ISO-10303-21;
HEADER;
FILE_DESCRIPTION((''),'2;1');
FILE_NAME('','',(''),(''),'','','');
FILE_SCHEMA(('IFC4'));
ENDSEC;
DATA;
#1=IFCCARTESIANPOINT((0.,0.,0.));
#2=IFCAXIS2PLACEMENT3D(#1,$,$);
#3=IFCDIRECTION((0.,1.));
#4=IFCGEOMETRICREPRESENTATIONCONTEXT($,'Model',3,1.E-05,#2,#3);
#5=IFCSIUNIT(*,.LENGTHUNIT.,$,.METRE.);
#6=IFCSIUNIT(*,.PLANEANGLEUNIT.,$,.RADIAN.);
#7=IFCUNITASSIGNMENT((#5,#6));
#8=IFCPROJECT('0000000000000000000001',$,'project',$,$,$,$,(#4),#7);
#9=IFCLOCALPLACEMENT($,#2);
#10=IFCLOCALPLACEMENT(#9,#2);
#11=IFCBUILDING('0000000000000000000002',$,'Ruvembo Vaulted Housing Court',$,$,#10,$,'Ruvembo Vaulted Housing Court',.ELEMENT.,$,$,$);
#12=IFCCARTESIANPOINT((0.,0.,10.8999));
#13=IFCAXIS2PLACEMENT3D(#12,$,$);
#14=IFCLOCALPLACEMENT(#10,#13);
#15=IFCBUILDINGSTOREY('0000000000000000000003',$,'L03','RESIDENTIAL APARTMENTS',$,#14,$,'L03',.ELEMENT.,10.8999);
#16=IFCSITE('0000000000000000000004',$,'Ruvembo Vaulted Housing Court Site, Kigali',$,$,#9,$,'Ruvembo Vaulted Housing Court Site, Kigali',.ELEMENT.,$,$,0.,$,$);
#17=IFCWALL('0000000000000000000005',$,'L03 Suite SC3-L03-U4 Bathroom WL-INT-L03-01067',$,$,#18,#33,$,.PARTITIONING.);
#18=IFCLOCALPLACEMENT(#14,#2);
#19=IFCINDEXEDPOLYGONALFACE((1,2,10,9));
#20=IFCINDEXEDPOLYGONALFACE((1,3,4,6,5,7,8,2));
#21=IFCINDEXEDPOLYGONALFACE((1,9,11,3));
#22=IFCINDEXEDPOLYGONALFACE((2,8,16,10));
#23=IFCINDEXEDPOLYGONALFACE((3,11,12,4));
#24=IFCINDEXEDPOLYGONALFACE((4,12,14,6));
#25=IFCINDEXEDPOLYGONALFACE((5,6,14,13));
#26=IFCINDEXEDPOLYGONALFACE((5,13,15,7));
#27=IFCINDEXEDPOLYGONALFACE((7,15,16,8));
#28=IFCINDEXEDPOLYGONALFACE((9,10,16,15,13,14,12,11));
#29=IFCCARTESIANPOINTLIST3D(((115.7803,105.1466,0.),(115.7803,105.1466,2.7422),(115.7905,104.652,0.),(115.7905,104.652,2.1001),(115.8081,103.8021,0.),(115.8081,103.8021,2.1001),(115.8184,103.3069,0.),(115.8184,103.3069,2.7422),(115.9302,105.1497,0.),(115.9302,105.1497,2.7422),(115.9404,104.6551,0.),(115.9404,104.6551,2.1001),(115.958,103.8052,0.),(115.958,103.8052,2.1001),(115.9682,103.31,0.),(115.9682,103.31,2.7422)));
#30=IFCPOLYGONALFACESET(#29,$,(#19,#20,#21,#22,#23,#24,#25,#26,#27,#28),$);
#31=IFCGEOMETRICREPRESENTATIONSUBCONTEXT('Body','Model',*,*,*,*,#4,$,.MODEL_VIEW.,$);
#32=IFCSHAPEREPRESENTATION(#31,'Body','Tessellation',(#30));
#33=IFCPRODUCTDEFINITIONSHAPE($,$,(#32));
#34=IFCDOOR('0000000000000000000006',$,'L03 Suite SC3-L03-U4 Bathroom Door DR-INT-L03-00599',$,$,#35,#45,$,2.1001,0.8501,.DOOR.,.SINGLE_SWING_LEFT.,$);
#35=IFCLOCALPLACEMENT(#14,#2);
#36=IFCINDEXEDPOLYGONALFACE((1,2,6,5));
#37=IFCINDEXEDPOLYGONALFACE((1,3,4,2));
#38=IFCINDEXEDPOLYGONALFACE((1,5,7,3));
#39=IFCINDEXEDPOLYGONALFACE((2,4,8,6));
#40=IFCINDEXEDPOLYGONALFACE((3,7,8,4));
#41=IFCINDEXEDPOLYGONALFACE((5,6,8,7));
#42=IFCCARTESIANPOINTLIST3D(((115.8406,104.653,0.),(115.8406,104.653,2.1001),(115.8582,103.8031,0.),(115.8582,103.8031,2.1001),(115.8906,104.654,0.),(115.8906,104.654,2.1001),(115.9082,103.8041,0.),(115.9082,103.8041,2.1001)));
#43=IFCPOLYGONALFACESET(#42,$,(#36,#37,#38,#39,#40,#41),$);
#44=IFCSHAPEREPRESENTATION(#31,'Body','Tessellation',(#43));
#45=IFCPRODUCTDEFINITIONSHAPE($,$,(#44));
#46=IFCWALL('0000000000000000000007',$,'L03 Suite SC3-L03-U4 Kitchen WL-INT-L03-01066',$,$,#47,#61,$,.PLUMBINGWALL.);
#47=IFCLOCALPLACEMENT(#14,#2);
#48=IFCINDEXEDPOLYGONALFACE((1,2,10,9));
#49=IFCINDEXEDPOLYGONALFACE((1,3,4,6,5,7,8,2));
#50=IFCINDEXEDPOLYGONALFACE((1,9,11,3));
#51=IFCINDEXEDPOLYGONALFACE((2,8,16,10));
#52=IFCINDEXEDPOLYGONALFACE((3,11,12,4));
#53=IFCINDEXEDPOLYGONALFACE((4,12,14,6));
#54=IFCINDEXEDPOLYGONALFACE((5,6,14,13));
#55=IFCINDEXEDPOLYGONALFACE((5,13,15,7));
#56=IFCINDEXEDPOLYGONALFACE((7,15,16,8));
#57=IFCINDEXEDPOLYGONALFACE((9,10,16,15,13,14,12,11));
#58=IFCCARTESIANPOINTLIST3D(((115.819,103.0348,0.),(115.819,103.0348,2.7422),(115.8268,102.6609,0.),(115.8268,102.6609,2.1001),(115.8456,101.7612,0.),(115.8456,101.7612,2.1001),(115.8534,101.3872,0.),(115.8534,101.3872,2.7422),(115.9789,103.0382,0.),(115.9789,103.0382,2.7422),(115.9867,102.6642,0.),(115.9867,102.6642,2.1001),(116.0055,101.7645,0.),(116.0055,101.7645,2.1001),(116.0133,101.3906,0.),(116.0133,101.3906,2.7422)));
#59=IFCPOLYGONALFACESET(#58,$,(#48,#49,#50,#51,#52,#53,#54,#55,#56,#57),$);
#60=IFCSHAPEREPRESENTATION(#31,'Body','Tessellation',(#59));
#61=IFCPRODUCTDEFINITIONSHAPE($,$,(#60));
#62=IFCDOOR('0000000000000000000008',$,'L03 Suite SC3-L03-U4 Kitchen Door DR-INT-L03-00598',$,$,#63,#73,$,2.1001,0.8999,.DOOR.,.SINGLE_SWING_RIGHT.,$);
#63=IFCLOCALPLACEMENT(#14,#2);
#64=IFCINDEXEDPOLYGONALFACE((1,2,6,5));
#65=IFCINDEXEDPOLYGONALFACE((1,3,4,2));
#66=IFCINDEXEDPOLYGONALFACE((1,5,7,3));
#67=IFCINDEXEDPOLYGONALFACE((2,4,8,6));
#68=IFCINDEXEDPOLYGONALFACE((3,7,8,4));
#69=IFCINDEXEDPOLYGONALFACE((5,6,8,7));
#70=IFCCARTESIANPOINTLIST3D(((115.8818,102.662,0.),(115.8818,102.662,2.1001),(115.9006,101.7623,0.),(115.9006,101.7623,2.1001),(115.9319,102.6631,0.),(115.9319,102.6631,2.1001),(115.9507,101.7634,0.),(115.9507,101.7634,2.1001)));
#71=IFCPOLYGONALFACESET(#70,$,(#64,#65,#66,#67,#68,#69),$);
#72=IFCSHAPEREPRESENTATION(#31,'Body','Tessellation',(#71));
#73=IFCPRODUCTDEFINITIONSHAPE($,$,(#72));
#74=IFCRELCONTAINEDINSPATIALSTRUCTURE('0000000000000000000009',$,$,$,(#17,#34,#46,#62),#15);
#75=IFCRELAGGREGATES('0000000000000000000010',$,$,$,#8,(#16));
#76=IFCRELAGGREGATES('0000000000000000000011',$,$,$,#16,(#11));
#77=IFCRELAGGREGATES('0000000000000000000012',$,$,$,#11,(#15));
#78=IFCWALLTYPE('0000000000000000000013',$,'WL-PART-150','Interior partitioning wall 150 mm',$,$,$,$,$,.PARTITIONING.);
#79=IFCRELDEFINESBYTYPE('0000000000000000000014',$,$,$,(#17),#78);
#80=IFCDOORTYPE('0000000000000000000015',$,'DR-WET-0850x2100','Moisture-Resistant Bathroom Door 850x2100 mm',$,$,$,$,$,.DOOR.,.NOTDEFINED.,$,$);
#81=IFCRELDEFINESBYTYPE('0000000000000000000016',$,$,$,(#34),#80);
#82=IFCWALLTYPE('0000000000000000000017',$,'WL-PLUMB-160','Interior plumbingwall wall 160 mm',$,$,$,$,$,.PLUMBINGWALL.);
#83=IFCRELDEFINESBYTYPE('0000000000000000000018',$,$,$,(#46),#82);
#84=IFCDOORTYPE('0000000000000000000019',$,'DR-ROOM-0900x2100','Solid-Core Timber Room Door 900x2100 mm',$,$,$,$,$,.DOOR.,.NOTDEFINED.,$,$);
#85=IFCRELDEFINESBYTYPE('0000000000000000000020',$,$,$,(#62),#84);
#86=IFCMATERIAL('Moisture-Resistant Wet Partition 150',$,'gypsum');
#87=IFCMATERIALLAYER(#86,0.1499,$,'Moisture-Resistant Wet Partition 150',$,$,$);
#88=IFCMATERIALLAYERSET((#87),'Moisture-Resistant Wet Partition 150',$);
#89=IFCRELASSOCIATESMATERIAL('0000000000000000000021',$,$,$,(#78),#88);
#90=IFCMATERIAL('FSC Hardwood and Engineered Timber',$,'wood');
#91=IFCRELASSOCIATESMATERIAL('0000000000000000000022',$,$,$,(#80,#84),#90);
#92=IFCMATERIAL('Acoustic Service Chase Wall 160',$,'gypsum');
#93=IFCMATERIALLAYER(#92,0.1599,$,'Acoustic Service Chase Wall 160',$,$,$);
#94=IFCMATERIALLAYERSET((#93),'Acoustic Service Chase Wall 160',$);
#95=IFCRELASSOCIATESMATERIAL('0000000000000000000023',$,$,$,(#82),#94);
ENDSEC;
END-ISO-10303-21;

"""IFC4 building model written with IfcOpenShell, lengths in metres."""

from ifc_helpers import new_model, si_unit, direction, frame, frame_2d, origin, place, context, subcontext, project, spatial, rectangle, extrude, material, layer, layer_set, type_object, element, fill, save


model = new_model("IFC4")

# Units and contexts
model_context = context("Model", 3, precision=1e-05, world=origin(), true_north=direction((0.0, 1.0)))
body_context = subcontext(model_context, "Body", "Model", "MODEL_VIEW")
ifc_project = project(units=[si_unit("LENGTHUNIT", "METRE"), si_unit("PLANEANGLEUNIT", "RADIAN")], contexts=[model_context])

# Site, building, storey
site_placement = place(None, origin())
site = spatial("IfcSite", under=ifc_project, at=site_placement, Name="Ruvembo Vaulted Housing Court Site, Kigali", LongName="Ruvembo Vaulted Housing Court Site, Kigali", CompositionType="ELEMENT", RefElevation=0.0)
building_placement = place(site_placement, origin())
building = spatial("IfcBuilding", under=site, at=building_placement, Name="Ruvembo Vaulted Housing Court", LongName="Ruvembo Vaulted Housing Court", CompositionType="ELEMENT")
storey_placement = place(building_placement, frame((0.0, 0.0, 10.8999)))
storey = spatial("IfcBuildingStorey", under=building, at=storey_placement, Name="L03", Description="RESIDENTIAL APARTMENTS", LongName="L03", CompositionType="ELEMENT", Elevation=10.8999)

# Shared definitions
ifc_material_1 = material(Name="FSC Hardwood and Engineered Timber", Category="wood")

# Walls, openings, doors
ifc_material_2 = material(Name="Moisture-Resistant Wet Partition 150", Category="gypsum")
ifc_layer_1 = layer(ifc_material_2, 0.1499, Name="Moisture-Resistant Wet Partition 150")
ifc_layer_set_1 = layer_set([ifc_layer_1], Name="Moisture-Resistant Wet Partition 150")
wall_type_1 = type_object("IfcWallType", Name="WL-PART-150", Description="Interior partitioning wall 150 mm", PredefinedType="PARTITIONING", material=ifc_layer_set_1)
wall_1_placement = place(storey_placement, frame((115.8933, 103.3086, 0.0), z_axis=(0.0, 0.0, 1.0), x_axis=(-0.020699, 0.999786, 0.0)))
wall_1 = element("IfcWall", 1, at=wall_1_placement, inside=storey, type_object=wall_type_1, Name="L03 Suite SC3-L03-U4 Bathroom WL-INT-L03-01067", PredefinedType="PARTITIONING", context=body_context, shape_type="SweptSolid", body=[
    extrude(rectangle(XDim=1.8401, YDim=0.1499, at=frame_2d((0.9199, 0.0))), origin(), (0.0, 0.0, 1.0), 2.7422),
])
opening_1_placement = place(wall_1_placement, frame((0.4951, 0.0, 0.0)))
opening_1 = element("IfcOpeningElement", 2, at=opening_1_placement, cuts=wall_1, PredefinedType="OPENING", context=body_context, shape_type="SweptSolid", body=[
    extrude(rectangle(XDim=0.8501, YDim=2.1001, at=frame_2d((0.425, 1.05))), frame((0.0, 0.085, 0.0), z_axis=(0.0, -1.0, 0.0), x_axis=(1.0, 0.0, 0.0)), (0.0, 0.0, 1.0), 0.1699),
])
door_type_1 = type_object("IfcDoorType", Name="DR-WET-0850x2100", Description="Moisture-Resistant Bathroom Door 850x2100 mm", OperationType="NOTDEFINED", PredefinedType="DOOR", material=ifc_material_1)
door_1_placement = place(opening_1_placement, origin())
door_1 = element("IfcDoor", 3, at=door_1_placement, inside=storey, type_object=door_type_1, Name="L03 Suite SC3-L03-U4 Bathroom Door DR-INT-L03-00599", OperationType="SINGLE_SWING_LEFT", OverallHeight=2.1001, OverallWidth=0.8501, PredefinedType="DOOR", context=body_context, shape_type="SweptSolid", body=[
    extrude(rectangle(XDim=0.8501, YDim=2.1001, at=frame_2d((0.425, 1.05))), frame((0.0, 0.0249, 0.0), z_axis=(0.0, -1.0, 0.0), x_axis=(1.0, 0.0, 0.0)), (0.0, 0.0, 1.0), 0.05),
])
fill(opening_1, door_1)
ifc_material_3 = material(Name="Acoustic Service Chase Wall 160", Category="gypsum")
ifc_layer_2 = layer(ifc_material_3, 0.1599, Name="Acoustic Service Chase Wall 160")
ifc_layer_set_2 = layer_set([ifc_layer_2], Name="Acoustic Service Chase Wall 160")
wall_type_2 = type_object("IfcWallType", Name="WL-PLUMB-160", Description="Interior plumbingwall wall 160 mm", PredefinedType="PLUMBINGWALL", material=ifc_layer_set_2)
wall_2_placement = place(storey_placement, frame((115.9333, 101.3889, 0.0), z_axis=(0.0, 0.0, 1.0), x_axis=(-0.020887, 0.999782, 0.0)))
wall_2 = element("IfcWall", 4, at=wall_2_placement, inside=storey, type_object=wall_type_2, Name="L03 Suite SC3-L03-U4 Kitchen WL-INT-L03-01066", PredefinedType="PLUMBINGWALL", context=body_context, shape_type="SweptSolid", body=[
    extrude(rectangle(XDim=1.6479, YDim=0.1599, at=frame_2d((0.824, 0.0))), origin(), (0.0, 0.0, 1.0), 2.7422),
])
opening_2_placement = place(wall_2_placement, frame((0.374, 0.0, 0.0)))
opening_2 = element("IfcOpeningElement", 5, at=opening_2_placement, cuts=wall_2, PredefinedType="OPENING", context=body_context, shape_type="SweptSolid", body=[
    extrude(rectangle(XDim=0.8999, YDim=2.1001, at=frame_2d((0.45, 1.05))), frame((0.0, 0.0898, 0.0), z_axis=(0.0, -1.0, 0.0), x_axis=(1.0, 0.0, 0.0)), (0.0, 0.0, 1.0), 0.1799),
])
door_type_2 = type_object("IfcDoorType", Name="DR-ROOM-0900x2100", Description="Solid-Core Timber Room Door 900x2100 mm", OperationType="NOTDEFINED", PredefinedType="DOOR", material=ifc_material_1)
door_2_placement = place(opening_2_placement, origin())
door_2 = element("IfcDoor", 6, at=door_2_placement, inside=storey, type_object=door_type_2, Name="L03 Suite SC3-L03-U4 Kitchen Door DR-INT-L03-00598", OperationType="SINGLE_SWING_RIGHT", OverallHeight=2.1001, OverallWidth=0.8999, PredefinedType="DOOR", context=body_context, shape_type="SweptSolid", body=[
    extrude(rectangle(XDim=0.8999, YDim=2.1001, at=frame_2d((0.45, 1.05))), frame((0.0, 0.0249, 0.0), z_axis=(0.0, -1.0, 0.0), x_axis=(1.0, 0.0, 0.0)), (0.0, 0.0, 1.0), 0.05),
])
fill(opening_2, door_2)

save(model, "model.ifc")
